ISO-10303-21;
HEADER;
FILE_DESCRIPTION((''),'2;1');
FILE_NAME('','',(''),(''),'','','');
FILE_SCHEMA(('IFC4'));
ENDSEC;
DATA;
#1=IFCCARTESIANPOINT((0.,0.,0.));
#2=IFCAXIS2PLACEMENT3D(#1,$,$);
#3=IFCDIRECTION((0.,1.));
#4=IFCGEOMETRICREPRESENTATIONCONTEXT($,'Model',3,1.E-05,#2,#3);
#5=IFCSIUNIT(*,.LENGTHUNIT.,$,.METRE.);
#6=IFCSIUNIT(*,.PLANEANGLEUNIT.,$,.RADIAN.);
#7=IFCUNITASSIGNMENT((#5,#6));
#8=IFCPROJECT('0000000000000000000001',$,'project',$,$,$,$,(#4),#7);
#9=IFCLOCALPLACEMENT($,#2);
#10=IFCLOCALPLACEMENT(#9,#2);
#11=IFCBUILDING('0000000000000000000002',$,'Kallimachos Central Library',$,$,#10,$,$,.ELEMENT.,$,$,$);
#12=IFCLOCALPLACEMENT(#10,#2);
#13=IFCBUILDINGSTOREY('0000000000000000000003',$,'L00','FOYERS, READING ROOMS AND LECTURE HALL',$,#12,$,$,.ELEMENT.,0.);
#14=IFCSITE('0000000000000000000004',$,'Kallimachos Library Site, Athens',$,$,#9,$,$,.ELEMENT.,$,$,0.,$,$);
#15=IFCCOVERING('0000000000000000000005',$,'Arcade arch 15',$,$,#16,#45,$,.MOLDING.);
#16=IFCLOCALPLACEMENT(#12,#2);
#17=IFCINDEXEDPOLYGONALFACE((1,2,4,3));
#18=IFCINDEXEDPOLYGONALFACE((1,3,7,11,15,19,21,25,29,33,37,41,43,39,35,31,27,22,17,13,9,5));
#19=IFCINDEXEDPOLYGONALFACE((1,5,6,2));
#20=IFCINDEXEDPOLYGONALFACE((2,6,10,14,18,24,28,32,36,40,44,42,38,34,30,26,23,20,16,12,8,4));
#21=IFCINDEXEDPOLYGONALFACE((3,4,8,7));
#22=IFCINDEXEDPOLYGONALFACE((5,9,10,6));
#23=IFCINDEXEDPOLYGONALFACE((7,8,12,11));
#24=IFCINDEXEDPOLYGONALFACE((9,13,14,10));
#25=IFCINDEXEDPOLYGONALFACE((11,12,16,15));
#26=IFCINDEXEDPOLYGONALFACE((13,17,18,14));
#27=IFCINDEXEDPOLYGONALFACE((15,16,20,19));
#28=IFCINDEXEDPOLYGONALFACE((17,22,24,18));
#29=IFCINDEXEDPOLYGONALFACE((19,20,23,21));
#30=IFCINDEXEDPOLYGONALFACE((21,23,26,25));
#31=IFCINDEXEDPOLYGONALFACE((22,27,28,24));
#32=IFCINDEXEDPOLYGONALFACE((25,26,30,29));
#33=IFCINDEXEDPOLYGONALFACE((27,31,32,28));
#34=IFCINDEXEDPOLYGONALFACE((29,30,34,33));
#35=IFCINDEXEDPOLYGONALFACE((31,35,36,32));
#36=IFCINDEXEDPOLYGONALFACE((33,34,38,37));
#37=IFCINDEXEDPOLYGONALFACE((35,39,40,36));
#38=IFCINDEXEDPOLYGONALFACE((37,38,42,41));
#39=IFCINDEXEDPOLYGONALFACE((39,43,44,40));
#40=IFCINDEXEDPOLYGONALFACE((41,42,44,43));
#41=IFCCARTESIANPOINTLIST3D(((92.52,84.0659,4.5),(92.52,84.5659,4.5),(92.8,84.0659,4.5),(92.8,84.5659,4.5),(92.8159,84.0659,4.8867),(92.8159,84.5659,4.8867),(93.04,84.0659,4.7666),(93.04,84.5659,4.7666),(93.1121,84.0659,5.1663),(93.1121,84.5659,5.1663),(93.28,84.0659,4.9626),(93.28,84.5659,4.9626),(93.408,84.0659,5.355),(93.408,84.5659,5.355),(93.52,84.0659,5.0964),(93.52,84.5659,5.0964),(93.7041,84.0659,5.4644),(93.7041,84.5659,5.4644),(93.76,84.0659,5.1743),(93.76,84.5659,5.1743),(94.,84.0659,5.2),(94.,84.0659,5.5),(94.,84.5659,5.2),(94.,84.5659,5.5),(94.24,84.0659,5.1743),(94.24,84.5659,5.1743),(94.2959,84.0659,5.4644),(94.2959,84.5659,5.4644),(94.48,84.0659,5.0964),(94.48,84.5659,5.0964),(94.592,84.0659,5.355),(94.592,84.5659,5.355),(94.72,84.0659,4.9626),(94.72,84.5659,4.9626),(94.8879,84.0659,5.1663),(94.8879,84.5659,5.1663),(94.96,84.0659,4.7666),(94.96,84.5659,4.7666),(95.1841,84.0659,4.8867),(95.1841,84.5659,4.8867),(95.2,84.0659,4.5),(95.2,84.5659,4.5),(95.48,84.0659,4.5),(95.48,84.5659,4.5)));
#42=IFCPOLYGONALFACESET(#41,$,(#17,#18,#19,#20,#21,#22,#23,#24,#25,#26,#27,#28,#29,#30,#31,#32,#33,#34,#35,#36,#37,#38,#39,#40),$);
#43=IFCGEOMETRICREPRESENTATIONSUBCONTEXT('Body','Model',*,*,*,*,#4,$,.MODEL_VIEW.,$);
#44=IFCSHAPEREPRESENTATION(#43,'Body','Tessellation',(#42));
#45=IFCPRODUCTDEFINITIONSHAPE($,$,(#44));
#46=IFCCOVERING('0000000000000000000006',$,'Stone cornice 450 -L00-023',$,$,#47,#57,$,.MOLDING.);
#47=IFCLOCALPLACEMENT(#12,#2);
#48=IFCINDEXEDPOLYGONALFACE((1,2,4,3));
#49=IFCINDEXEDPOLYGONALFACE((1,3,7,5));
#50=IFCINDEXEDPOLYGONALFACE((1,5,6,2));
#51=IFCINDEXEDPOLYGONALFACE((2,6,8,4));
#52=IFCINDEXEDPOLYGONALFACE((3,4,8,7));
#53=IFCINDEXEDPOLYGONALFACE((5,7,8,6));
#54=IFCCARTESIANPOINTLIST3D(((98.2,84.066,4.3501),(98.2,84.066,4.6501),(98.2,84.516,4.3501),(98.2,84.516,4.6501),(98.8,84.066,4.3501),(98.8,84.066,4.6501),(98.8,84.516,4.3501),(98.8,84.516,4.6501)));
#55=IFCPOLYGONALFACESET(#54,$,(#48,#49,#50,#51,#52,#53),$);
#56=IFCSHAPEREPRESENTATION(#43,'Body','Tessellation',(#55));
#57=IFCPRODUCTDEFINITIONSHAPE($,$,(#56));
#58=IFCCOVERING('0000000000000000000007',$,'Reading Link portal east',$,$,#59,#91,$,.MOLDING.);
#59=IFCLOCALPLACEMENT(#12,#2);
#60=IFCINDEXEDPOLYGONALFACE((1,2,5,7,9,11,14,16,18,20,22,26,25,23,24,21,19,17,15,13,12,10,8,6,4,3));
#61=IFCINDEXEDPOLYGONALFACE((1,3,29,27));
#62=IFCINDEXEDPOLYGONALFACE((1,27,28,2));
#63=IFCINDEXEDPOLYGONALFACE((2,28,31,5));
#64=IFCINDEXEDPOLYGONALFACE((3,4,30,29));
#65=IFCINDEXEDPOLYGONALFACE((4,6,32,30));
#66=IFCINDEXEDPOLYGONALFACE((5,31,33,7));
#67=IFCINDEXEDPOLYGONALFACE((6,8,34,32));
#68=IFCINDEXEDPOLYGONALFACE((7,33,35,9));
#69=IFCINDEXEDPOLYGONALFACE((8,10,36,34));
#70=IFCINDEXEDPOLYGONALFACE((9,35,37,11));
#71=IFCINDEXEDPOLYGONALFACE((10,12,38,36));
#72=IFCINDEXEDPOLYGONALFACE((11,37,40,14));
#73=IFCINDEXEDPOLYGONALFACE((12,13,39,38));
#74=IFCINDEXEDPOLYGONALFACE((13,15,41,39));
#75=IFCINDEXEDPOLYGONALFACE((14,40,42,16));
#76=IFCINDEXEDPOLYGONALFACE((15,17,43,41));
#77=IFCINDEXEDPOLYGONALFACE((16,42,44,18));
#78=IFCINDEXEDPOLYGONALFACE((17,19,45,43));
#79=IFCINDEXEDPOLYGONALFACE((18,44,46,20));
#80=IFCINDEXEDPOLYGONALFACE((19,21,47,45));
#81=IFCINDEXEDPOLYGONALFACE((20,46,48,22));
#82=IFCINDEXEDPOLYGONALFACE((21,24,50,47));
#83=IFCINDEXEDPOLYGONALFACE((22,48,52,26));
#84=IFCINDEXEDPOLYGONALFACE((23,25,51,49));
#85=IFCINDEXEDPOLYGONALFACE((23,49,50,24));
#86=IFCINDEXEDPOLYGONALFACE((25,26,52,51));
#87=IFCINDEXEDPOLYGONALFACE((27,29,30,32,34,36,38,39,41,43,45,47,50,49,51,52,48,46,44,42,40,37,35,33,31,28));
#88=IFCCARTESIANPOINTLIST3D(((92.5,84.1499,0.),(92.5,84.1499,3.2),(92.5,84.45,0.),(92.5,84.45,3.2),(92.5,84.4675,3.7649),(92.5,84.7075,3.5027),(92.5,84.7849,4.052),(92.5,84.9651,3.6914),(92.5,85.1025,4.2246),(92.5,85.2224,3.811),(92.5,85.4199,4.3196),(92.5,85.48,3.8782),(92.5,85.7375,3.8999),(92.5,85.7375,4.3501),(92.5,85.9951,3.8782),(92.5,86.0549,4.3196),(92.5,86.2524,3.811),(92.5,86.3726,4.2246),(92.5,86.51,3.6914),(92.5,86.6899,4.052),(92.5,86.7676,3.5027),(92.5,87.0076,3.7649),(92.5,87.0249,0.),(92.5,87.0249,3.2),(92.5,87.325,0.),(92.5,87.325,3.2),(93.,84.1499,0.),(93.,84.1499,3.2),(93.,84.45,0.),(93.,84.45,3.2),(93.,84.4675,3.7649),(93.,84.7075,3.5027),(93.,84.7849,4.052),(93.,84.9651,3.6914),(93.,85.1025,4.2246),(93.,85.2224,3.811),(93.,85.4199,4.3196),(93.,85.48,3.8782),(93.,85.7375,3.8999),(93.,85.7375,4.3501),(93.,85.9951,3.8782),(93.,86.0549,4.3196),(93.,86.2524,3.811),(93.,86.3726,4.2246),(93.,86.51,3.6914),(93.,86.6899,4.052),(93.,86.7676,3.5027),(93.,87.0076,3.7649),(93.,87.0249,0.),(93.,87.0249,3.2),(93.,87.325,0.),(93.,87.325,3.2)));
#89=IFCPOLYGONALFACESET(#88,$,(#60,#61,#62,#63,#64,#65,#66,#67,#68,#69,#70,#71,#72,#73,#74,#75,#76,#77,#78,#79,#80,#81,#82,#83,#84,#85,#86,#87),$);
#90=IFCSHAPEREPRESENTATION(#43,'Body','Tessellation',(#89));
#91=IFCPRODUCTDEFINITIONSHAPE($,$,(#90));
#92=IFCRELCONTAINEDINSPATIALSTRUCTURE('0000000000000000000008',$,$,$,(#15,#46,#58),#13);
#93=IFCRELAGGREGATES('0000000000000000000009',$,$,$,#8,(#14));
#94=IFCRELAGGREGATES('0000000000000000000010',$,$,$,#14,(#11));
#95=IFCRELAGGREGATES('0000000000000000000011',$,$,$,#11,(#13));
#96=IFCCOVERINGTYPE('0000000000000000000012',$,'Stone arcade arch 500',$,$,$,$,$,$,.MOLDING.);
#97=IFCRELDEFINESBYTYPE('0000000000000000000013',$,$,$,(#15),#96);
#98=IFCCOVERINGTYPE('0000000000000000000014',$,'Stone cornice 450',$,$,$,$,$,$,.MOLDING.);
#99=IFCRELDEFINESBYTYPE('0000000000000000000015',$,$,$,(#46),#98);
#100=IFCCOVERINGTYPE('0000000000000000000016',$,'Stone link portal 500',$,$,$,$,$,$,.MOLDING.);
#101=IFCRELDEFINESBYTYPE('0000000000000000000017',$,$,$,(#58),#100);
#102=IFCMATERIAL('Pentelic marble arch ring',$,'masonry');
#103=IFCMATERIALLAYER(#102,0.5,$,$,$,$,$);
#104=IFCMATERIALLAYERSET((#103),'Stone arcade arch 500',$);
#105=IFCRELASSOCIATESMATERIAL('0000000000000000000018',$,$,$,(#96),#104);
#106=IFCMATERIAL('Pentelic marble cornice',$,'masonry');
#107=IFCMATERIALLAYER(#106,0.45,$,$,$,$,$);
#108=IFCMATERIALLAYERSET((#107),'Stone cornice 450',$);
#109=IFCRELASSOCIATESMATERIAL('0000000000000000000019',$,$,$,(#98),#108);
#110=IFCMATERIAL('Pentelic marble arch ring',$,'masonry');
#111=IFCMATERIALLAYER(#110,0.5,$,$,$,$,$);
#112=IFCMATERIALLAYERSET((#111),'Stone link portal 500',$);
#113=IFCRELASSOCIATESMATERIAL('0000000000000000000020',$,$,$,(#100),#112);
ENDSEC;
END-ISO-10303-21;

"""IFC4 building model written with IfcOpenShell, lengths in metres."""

from ifc_helpers import new_model, si_unit, direction, frame, origin, origin_2d, place, context, subcontext, project, spatial, polyline, rectangle, outline, extrude, material, layer, layer_set, type_object, element, save


model = new_model("IFC4")

# Units and contexts
model_context = context("Model", 3, precision=1e-05, world=origin(), true_north=direction((0.0, 1.0)))
body_context = subcontext(model_context, "Body", "Model", "MODEL_VIEW")
ifc_project = project(units=[si_unit("LENGTHUNIT", "METRE"), si_unit("PLANEANGLEUNIT", "RADIAN")], contexts=[model_context])

# Site, building, storey
site_placement = place(None, origin())
site = spatial("IfcSite", under=ifc_project, at=site_placement, Name="Kallimachos Library Site, Athens", CompositionType="ELEMENT", RefElevation=0.0)
building_placement = place(site_placement, origin())
building = spatial("IfcBuilding", under=site, at=building_placement, Name="Kallimachos Central Library", CompositionType="ELEMENT")
storey_placement = place(building_placement, origin())
storey = spatial("IfcBuildingStorey", under=building, at=storey_placement, Name="L00", Description="FOYERS, READING ROOMS AND LECTURE HALL", CompositionType="ELEMENT", Elevation=0.0)

# Coverings
ifc_material_1 = material(Name="Pentelic marble arch ring", Category="masonry")
ifc_layer_1 = layer(ifc_material_1, 0.5)
ifc_layer_set_1 = layer_set([ifc_layer_1], Name="Stone arcade arch 500")
covering_type_1 = type_object("IfcCoveringType", Name="Stone arcade arch 500", PredefinedType="MOLDING", material=ifc_layer_set_1)
covering_1_placement = place(storey_placement, frame((92.52, 84.5659, 4.5), z_axis=(0.0, 1.0, 0.0), x_axis=(0.607673, 0.0, 0.794187)))
element("IfcCovering", 1, at=covering_1_placement, inside=storey, type_object=covering_type_1, Name="Arcade arch 15", PredefinedType="MOLDING", context=body_context, shape_type="SweptSolid", body=[
    extrude(outline(polyline([(0.0, 0.0), (0.4869, 0.0), (0.8889, 0.0653), (1.2186, 0.1856), (1.4854, 0.3544), (1.6935, 0.5677), (1.845, 0.8244), (1.9381, 1.126), (1.9681, 1.4757), (1.926, 1.8808), (1.7987, 2.3508), (1.7987, 2.3508), (1.6285, 2.1284), (1.6285, 2.1284), (1.6944, 1.7758), (1.7043, 1.466), (1.6647, 1.1941), (1.5807, 0.9562), (1.4552, 0.75), (1.289, 0.575), (1.0814, 0.4317), (0.8293, 0.3225), (0.5277, 0.251), (0.1702, 0.2224), (0.1702, 0.2224), (0.0, 0.0), (0.0, 0.0)])), origin(), (0.0, 0.0, -1.0), 0.5),
])
ifc_material_2 = material(Name="Pentelic marble cornice", Category="masonry")
ifc_layer_2 = layer(ifc_material_2, 0.45)
ifc_layer_set_2 = layer_set([ifc_layer_2], Name="Stone cornice 450")
covering_type_2 = type_object("IfcCoveringType", Name="Stone cornice 450", PredefinedType="MOLDING", material=ifc_layer_set_2)
covering_2_placement = place(storey_placement, frame((98.5, 84.291, 4.3501), z_axis=(0.0, 0.0, 1.0), x_axis=(1.0, 0.0, 0.0)))
element("IfcCovering", 2, at=covering_2_placement, inside=storey, type_object=covering_type_2, Name="Stone cornice 450 -L00-023", PredefinedType="MOLDING", context=body_context, shape_type="SweptSolid", body=[
    extrude(rectangle(XDim=0.6001, YDim=0.45, at=origin_2d()), origin(), (0.0, 0.0, 1.0), 0.3),
])
ifc_material_3 = material(Name="Pentelic marble arch ring", Category="masonry")
ifc_layer_3 = layer(ifc_material_3, 0.5)
ifc_layer_set_3 = layer_set([ifc_layer_3], Name="Stone link portal 500")
covering_type_3 = type_object("IfcCoveringType", Name="Stone link portal 500", PredefinedType="MOLDING", material=ifc_layer_set_3)
covering_3_placement = place(storey_placement, frame((93.0, 84.45, 0.0), z_axis=(1.0, 0.0, 0.0), x_axis=(0.0, 0.0, 1.0)))
element("IfcCovering", 3, at=covering_3_placement, inside=storey, type_object=covering_type_3, Name="Reading Link portal east", PredefinedType="MOLDING", context=body_context, shape_type="SweptSolid", body=[
    extrude(outline(polyline([(0.0, 0.0), (3.2, 0.0), (3.5027, -0.2576), (3.6914, -0.5151), (3.811, -0.7725), (3.8782, -1.03), (3.8999, -1.2876), (3.8782, -1.5452), (3.811, -1.8025), (3.6914, -2.0601), (3.5027, -2.3176), (3.2, -2.575), (0.0, -2.575), (0.0, -2.875), (3.2, -2.875), (3.7649, -2.5576), (4.052, -2.24), (4.2246, -1.9226), (4.3196, -1.605), (4.3501, -1.2876), (4.3196, -0.97), (4.2246, -0.6526), (4.052, -0.335), (3.7649, -0.0176), (3.2, 0.3), (0.0, 0.3), (0.0, 0.0)])), origin(), (0.0, 0.0, -1.0), 0.5),
])

save(model, "model.ifc")
